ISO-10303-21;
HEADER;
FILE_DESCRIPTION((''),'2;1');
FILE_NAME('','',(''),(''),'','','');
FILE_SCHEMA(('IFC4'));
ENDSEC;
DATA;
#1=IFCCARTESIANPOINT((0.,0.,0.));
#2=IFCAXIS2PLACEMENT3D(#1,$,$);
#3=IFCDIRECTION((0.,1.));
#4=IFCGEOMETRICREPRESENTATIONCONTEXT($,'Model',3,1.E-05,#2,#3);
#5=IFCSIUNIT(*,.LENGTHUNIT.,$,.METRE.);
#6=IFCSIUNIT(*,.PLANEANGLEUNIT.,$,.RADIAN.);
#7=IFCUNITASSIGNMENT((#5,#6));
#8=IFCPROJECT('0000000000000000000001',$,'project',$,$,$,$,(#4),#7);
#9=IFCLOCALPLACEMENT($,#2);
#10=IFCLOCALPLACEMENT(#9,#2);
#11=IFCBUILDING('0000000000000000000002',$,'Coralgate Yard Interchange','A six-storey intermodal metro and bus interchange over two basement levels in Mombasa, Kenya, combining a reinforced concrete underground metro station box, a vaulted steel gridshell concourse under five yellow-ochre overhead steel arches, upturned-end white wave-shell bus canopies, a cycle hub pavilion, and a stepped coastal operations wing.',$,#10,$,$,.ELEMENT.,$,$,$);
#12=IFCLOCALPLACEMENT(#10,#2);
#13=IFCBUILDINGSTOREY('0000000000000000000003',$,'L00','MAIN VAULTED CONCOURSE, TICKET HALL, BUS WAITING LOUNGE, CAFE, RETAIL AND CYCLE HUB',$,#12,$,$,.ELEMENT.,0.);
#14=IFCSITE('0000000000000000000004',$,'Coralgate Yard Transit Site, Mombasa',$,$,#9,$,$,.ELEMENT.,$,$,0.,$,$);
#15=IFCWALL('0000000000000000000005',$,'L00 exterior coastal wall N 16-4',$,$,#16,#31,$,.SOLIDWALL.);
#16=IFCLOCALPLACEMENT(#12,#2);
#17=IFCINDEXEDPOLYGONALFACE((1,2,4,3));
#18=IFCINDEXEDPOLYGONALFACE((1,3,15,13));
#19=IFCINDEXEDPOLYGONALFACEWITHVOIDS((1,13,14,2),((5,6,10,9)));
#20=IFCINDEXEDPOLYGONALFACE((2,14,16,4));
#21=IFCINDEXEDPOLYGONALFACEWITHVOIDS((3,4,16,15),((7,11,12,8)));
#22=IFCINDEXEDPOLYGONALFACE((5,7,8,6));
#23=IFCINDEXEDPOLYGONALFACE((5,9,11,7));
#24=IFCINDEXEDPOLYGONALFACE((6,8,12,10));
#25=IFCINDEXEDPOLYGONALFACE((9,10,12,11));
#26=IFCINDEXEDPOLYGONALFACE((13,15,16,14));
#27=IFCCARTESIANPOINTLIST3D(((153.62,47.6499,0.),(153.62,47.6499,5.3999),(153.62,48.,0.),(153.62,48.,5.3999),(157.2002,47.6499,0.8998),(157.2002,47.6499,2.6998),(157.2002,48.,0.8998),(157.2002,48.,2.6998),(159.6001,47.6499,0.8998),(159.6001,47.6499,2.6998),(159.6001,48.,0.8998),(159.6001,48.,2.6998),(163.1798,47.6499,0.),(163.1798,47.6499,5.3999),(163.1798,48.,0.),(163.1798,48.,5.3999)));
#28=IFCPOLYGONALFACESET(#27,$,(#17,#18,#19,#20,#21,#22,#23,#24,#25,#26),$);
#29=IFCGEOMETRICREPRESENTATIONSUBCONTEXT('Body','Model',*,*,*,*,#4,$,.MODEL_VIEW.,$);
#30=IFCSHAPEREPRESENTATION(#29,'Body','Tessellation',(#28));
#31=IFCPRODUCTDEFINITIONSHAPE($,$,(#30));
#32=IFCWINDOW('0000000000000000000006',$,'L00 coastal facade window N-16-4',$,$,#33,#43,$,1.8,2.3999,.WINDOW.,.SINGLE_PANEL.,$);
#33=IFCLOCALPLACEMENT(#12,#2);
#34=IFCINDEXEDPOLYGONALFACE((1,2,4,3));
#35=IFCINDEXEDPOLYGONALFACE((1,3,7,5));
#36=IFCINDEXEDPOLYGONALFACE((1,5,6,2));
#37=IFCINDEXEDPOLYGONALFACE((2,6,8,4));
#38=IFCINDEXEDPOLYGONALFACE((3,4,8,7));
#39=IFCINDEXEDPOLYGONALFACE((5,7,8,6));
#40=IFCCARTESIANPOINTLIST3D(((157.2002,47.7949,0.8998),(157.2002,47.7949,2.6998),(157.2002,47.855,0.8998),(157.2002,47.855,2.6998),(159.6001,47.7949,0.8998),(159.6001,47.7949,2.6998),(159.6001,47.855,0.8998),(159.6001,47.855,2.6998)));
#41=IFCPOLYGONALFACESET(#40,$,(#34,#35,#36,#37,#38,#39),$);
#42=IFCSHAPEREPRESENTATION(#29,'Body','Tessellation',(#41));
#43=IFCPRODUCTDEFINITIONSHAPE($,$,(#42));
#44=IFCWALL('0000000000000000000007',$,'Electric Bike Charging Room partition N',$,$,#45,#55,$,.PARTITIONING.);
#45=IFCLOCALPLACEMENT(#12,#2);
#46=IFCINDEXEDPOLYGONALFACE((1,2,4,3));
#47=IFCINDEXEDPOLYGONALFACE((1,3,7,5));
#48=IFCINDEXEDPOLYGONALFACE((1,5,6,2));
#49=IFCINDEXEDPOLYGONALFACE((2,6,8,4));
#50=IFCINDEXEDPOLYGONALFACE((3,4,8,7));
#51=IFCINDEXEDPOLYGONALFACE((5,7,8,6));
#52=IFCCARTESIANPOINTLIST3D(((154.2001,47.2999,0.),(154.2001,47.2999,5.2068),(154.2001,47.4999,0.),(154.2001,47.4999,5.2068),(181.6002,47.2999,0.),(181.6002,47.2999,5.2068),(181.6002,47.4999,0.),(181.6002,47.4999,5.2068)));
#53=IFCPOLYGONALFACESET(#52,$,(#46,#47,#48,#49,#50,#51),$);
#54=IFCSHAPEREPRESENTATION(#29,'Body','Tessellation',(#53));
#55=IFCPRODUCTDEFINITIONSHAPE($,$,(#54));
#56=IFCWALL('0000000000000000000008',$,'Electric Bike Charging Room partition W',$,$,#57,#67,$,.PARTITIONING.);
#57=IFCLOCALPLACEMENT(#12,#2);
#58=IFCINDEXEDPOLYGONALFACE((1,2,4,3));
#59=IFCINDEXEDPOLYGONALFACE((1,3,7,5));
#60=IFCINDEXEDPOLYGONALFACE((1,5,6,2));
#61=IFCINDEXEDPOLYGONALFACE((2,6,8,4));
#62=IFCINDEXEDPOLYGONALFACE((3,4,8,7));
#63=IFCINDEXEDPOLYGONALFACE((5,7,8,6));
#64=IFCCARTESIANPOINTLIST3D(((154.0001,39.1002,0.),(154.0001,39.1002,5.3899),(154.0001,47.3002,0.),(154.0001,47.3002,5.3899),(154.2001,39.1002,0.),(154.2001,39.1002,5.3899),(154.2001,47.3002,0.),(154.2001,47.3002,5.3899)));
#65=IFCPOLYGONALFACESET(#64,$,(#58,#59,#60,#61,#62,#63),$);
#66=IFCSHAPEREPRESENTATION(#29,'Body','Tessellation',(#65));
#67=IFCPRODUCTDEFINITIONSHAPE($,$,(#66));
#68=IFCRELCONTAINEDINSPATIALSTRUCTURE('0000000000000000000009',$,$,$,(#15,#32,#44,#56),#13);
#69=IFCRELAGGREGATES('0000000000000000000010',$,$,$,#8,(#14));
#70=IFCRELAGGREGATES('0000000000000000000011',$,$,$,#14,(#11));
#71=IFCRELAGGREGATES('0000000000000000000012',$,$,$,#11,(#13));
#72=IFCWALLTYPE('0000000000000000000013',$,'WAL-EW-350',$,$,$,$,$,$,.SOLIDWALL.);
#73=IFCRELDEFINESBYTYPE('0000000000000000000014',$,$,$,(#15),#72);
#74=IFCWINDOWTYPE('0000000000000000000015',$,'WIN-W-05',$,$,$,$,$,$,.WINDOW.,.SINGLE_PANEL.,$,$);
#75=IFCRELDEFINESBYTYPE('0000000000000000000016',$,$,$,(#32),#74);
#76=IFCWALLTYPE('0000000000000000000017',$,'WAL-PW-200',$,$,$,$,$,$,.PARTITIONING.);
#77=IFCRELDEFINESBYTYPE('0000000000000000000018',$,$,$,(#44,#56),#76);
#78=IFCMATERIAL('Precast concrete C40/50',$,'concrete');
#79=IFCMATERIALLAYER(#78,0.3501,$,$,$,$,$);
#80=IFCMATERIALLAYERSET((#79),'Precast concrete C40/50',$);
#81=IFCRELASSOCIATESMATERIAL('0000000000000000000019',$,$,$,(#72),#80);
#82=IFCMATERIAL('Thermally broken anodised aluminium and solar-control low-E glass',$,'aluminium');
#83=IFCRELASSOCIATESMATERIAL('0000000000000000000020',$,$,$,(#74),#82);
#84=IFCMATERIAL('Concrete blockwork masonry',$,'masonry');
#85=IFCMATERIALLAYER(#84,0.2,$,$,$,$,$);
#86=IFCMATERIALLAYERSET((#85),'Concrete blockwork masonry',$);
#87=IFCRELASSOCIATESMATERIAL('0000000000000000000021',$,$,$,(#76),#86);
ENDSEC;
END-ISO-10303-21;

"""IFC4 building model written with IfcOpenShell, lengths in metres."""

from ifc_helpers import new_model, si_unit, direction, frame, frame_2d, origin, place, context, subcontext, project, spatial, rectangle, extrude, material, layer, layer_set, type_object, element, fill, save


model = new_model("IFC4")

# Units and contexts
model_context = context("Model", 3, precision=1e-05, world=origin(), true_north=direction((0.0, 1.0)))
body_context = subcontext(model_context, "Body", "Model", "MODEL_VIEW")
ifc_project = project(units=[si_unit("LENGTHUNIT", "METRE"), si_unit("PLANEANGLEUNIT", "RADIAN")], contexts=[model_context])

# Site, building, storey
site_placement = place(None, origin())
site = spatial("IfcSite", under=ifc_project, at=site_placement, Name="Coralgate Yard Transit Site, Mombasa", CompositionType="ELEMENT", RefElevation=0.0)
building_placement = place(site_placement, origin())
building = spatial("IfcBuilding", under=site, at=building_placement, Name="Coralgate Yard Interchange", Description="A six-storey intermodal metro and bus interchange over two basement levels in Mombasa, Kenya, combining a reinforced concrete underground metro station box, a vaulted steel gridshell concourse under five yellow-ochre overhead steel arches, upturned-end white wave-shell bus canopies, a cycle hub pavilion, and a stepped coastal operations wing.", CompositionType="ELEMENT")
storey_placement = place(building_placement, origin())
storey = spatial("IfcBuildingStorey", under=building, at=storey_placement, Name="L00", Description="MAIN VAULTED CONCOURSE, TICKET HALL, BUS WAITING LOUNGE, CAFE, RETAIL AND CYCLE HUB", CompositionType="ELEMENT", Elevation=0.0)

# Wall, opening, window
ifc_material_1 = material(Name="Precast concrete C40/50", Category="concrete")
ifc_layer_1 = layer(ifc_material_1, 0.3501)
ifc_layer_set_1 = layer_set([ifc_layer_1], Name="Precast concrete C40/50")
wall_type_1 = type_object("IfcWallType", Name="WAL-EW-350", PredefinedType="SOLIDWALL", material=ifc_layer_set_1)
wall_1_placement = place(storey_placement, frame((153.6201, 47.825, 0.0), z_axis=(0.0, 0.0, 1.0), x_axis=(1.0, 0.0, 0.0)))
wall_1 = element("IfcWall", 1, at=wall_1_placement, inside=storey, type_object=wall_type_1, Name="L00 exterior coastal wall N 16-4", PredefinedType="SOLIDWALL", context=body_context, shape_type="SweptSolid", body=[
    extrude(rectangle(XDim=9.5598, YDim=0.3501, at=frame_2d((4.7798, 0.0))), origin(), (0.0, 0.0, 1.0), 5.3999),
])
opening_placement = place(wall_1_placement, frame((3.5801, 0.0, 0.8999)))
opening = element("IfcOpeningElement", 2, at=opening_placement, cuts=wall_1, PredefinedType="OPENING", context=body_context, shape_type="SweptSolid", body=[
    extrude(rectangle(XDim=2.3999, YDim=1.8, at=frame_2d((1.2, 0.8999))), frame((0.0, 0.1851, 0.0), z_axis=(0.0, -1.0, 0.0), x_axis=(1.0, 0.0, 0.0)), (0.0, 0.0, 1.0), 0.3701),
])
ifc_material_2 = material(Name="Thermally broken anodised aluminium and solar-control low-E glass", Category="aluminium")
window_type = type_object("IfcWindowType", Name="WIN-W-05", PartitioningType="SINGLE_PANEL", PredefinedType="WINDOW", material=ifc_material_2)
window_placement = place(opening_placement, origin())
window = element("IfcWindow", 3, at=window_placement, inside=storey, type_object=window_type, Name="L00 coastal facade window N-16-4", OverallHeight=1.8, OverallWidth=2.3999, PartitioningType="SINGLE_PANEL", PredefinedType="WINDOW", context=body_context, shape_type="SweptSolid", body=[
    extrude(rectangle(XDim=2.3999, YDim=1.8, at=frame_2d((1.2, 0.8999))), frame((0.0, 0.03, 0.0), z_axis=(0.0, -1.0, 0.0), x_axis=(1.0, 0.0, 0.0)), (0.0, 0.0, 1.0), 0.0601),
])
fill(opening, window)

# Walls
ifc_material_3 = material(Name="Concrete blockwork masonry", Category="masonry")
ifc_layer_2 = layer(ifc_material_3, 0.2)
ifc_layer_set_2 = layer_set([ifc_layer_2], Name="Concrete blockwork masonry")
wall_type_2 = type_object("IfcWallType", Name="WAL-PW-200", PredefinedType="PARTITIONING", material=ifc_layer_set_2)
wall_2_placement = place(storey_placement, frame((154.2, 47.3999, 0.0), z_axis=(0.0, 0.0, 1.0), x_axis=(1.0, 0.0, 0.0)))
element("IfcWall", 4, at=wall_2_placement, inside=storey, type_object=wall_type_2, Name="Electric Bike Charging Room partition N", PredefinedType="PARTITIONING", context=body_context, shape_type="SweptSolid", body=[
    extrude(rectangle(XDim=27.4001, YDim=0.2, at=frame_2d((13.7002, 0.0))), origin(), (0.0, 0.0, 1.0), 5.2068),
])
wall_3_placement = place(storey_placement, frame((154.1001, 39.1001, 0.0), z_axis=(0.0, 0.0, 1.0), x_axis=(0.0, 1.0, 0.0)))
element("IfcWall", 5, at=wall_3_placement, inside=storey, type_object=wall_type_2, Name="Electric Bike Charging Room partition W", PredefinedType="PARTITIONING", context=body_context, shape_type="SweptSolid", body=[
    extrude(rectangle(XDim=8.2, YDim=0.2, at=frame_2d((4.1001, 0.0))), origin(), (0.0, 0.0, 1.0), 5.3899),
])

save(model, "model.ifc")
